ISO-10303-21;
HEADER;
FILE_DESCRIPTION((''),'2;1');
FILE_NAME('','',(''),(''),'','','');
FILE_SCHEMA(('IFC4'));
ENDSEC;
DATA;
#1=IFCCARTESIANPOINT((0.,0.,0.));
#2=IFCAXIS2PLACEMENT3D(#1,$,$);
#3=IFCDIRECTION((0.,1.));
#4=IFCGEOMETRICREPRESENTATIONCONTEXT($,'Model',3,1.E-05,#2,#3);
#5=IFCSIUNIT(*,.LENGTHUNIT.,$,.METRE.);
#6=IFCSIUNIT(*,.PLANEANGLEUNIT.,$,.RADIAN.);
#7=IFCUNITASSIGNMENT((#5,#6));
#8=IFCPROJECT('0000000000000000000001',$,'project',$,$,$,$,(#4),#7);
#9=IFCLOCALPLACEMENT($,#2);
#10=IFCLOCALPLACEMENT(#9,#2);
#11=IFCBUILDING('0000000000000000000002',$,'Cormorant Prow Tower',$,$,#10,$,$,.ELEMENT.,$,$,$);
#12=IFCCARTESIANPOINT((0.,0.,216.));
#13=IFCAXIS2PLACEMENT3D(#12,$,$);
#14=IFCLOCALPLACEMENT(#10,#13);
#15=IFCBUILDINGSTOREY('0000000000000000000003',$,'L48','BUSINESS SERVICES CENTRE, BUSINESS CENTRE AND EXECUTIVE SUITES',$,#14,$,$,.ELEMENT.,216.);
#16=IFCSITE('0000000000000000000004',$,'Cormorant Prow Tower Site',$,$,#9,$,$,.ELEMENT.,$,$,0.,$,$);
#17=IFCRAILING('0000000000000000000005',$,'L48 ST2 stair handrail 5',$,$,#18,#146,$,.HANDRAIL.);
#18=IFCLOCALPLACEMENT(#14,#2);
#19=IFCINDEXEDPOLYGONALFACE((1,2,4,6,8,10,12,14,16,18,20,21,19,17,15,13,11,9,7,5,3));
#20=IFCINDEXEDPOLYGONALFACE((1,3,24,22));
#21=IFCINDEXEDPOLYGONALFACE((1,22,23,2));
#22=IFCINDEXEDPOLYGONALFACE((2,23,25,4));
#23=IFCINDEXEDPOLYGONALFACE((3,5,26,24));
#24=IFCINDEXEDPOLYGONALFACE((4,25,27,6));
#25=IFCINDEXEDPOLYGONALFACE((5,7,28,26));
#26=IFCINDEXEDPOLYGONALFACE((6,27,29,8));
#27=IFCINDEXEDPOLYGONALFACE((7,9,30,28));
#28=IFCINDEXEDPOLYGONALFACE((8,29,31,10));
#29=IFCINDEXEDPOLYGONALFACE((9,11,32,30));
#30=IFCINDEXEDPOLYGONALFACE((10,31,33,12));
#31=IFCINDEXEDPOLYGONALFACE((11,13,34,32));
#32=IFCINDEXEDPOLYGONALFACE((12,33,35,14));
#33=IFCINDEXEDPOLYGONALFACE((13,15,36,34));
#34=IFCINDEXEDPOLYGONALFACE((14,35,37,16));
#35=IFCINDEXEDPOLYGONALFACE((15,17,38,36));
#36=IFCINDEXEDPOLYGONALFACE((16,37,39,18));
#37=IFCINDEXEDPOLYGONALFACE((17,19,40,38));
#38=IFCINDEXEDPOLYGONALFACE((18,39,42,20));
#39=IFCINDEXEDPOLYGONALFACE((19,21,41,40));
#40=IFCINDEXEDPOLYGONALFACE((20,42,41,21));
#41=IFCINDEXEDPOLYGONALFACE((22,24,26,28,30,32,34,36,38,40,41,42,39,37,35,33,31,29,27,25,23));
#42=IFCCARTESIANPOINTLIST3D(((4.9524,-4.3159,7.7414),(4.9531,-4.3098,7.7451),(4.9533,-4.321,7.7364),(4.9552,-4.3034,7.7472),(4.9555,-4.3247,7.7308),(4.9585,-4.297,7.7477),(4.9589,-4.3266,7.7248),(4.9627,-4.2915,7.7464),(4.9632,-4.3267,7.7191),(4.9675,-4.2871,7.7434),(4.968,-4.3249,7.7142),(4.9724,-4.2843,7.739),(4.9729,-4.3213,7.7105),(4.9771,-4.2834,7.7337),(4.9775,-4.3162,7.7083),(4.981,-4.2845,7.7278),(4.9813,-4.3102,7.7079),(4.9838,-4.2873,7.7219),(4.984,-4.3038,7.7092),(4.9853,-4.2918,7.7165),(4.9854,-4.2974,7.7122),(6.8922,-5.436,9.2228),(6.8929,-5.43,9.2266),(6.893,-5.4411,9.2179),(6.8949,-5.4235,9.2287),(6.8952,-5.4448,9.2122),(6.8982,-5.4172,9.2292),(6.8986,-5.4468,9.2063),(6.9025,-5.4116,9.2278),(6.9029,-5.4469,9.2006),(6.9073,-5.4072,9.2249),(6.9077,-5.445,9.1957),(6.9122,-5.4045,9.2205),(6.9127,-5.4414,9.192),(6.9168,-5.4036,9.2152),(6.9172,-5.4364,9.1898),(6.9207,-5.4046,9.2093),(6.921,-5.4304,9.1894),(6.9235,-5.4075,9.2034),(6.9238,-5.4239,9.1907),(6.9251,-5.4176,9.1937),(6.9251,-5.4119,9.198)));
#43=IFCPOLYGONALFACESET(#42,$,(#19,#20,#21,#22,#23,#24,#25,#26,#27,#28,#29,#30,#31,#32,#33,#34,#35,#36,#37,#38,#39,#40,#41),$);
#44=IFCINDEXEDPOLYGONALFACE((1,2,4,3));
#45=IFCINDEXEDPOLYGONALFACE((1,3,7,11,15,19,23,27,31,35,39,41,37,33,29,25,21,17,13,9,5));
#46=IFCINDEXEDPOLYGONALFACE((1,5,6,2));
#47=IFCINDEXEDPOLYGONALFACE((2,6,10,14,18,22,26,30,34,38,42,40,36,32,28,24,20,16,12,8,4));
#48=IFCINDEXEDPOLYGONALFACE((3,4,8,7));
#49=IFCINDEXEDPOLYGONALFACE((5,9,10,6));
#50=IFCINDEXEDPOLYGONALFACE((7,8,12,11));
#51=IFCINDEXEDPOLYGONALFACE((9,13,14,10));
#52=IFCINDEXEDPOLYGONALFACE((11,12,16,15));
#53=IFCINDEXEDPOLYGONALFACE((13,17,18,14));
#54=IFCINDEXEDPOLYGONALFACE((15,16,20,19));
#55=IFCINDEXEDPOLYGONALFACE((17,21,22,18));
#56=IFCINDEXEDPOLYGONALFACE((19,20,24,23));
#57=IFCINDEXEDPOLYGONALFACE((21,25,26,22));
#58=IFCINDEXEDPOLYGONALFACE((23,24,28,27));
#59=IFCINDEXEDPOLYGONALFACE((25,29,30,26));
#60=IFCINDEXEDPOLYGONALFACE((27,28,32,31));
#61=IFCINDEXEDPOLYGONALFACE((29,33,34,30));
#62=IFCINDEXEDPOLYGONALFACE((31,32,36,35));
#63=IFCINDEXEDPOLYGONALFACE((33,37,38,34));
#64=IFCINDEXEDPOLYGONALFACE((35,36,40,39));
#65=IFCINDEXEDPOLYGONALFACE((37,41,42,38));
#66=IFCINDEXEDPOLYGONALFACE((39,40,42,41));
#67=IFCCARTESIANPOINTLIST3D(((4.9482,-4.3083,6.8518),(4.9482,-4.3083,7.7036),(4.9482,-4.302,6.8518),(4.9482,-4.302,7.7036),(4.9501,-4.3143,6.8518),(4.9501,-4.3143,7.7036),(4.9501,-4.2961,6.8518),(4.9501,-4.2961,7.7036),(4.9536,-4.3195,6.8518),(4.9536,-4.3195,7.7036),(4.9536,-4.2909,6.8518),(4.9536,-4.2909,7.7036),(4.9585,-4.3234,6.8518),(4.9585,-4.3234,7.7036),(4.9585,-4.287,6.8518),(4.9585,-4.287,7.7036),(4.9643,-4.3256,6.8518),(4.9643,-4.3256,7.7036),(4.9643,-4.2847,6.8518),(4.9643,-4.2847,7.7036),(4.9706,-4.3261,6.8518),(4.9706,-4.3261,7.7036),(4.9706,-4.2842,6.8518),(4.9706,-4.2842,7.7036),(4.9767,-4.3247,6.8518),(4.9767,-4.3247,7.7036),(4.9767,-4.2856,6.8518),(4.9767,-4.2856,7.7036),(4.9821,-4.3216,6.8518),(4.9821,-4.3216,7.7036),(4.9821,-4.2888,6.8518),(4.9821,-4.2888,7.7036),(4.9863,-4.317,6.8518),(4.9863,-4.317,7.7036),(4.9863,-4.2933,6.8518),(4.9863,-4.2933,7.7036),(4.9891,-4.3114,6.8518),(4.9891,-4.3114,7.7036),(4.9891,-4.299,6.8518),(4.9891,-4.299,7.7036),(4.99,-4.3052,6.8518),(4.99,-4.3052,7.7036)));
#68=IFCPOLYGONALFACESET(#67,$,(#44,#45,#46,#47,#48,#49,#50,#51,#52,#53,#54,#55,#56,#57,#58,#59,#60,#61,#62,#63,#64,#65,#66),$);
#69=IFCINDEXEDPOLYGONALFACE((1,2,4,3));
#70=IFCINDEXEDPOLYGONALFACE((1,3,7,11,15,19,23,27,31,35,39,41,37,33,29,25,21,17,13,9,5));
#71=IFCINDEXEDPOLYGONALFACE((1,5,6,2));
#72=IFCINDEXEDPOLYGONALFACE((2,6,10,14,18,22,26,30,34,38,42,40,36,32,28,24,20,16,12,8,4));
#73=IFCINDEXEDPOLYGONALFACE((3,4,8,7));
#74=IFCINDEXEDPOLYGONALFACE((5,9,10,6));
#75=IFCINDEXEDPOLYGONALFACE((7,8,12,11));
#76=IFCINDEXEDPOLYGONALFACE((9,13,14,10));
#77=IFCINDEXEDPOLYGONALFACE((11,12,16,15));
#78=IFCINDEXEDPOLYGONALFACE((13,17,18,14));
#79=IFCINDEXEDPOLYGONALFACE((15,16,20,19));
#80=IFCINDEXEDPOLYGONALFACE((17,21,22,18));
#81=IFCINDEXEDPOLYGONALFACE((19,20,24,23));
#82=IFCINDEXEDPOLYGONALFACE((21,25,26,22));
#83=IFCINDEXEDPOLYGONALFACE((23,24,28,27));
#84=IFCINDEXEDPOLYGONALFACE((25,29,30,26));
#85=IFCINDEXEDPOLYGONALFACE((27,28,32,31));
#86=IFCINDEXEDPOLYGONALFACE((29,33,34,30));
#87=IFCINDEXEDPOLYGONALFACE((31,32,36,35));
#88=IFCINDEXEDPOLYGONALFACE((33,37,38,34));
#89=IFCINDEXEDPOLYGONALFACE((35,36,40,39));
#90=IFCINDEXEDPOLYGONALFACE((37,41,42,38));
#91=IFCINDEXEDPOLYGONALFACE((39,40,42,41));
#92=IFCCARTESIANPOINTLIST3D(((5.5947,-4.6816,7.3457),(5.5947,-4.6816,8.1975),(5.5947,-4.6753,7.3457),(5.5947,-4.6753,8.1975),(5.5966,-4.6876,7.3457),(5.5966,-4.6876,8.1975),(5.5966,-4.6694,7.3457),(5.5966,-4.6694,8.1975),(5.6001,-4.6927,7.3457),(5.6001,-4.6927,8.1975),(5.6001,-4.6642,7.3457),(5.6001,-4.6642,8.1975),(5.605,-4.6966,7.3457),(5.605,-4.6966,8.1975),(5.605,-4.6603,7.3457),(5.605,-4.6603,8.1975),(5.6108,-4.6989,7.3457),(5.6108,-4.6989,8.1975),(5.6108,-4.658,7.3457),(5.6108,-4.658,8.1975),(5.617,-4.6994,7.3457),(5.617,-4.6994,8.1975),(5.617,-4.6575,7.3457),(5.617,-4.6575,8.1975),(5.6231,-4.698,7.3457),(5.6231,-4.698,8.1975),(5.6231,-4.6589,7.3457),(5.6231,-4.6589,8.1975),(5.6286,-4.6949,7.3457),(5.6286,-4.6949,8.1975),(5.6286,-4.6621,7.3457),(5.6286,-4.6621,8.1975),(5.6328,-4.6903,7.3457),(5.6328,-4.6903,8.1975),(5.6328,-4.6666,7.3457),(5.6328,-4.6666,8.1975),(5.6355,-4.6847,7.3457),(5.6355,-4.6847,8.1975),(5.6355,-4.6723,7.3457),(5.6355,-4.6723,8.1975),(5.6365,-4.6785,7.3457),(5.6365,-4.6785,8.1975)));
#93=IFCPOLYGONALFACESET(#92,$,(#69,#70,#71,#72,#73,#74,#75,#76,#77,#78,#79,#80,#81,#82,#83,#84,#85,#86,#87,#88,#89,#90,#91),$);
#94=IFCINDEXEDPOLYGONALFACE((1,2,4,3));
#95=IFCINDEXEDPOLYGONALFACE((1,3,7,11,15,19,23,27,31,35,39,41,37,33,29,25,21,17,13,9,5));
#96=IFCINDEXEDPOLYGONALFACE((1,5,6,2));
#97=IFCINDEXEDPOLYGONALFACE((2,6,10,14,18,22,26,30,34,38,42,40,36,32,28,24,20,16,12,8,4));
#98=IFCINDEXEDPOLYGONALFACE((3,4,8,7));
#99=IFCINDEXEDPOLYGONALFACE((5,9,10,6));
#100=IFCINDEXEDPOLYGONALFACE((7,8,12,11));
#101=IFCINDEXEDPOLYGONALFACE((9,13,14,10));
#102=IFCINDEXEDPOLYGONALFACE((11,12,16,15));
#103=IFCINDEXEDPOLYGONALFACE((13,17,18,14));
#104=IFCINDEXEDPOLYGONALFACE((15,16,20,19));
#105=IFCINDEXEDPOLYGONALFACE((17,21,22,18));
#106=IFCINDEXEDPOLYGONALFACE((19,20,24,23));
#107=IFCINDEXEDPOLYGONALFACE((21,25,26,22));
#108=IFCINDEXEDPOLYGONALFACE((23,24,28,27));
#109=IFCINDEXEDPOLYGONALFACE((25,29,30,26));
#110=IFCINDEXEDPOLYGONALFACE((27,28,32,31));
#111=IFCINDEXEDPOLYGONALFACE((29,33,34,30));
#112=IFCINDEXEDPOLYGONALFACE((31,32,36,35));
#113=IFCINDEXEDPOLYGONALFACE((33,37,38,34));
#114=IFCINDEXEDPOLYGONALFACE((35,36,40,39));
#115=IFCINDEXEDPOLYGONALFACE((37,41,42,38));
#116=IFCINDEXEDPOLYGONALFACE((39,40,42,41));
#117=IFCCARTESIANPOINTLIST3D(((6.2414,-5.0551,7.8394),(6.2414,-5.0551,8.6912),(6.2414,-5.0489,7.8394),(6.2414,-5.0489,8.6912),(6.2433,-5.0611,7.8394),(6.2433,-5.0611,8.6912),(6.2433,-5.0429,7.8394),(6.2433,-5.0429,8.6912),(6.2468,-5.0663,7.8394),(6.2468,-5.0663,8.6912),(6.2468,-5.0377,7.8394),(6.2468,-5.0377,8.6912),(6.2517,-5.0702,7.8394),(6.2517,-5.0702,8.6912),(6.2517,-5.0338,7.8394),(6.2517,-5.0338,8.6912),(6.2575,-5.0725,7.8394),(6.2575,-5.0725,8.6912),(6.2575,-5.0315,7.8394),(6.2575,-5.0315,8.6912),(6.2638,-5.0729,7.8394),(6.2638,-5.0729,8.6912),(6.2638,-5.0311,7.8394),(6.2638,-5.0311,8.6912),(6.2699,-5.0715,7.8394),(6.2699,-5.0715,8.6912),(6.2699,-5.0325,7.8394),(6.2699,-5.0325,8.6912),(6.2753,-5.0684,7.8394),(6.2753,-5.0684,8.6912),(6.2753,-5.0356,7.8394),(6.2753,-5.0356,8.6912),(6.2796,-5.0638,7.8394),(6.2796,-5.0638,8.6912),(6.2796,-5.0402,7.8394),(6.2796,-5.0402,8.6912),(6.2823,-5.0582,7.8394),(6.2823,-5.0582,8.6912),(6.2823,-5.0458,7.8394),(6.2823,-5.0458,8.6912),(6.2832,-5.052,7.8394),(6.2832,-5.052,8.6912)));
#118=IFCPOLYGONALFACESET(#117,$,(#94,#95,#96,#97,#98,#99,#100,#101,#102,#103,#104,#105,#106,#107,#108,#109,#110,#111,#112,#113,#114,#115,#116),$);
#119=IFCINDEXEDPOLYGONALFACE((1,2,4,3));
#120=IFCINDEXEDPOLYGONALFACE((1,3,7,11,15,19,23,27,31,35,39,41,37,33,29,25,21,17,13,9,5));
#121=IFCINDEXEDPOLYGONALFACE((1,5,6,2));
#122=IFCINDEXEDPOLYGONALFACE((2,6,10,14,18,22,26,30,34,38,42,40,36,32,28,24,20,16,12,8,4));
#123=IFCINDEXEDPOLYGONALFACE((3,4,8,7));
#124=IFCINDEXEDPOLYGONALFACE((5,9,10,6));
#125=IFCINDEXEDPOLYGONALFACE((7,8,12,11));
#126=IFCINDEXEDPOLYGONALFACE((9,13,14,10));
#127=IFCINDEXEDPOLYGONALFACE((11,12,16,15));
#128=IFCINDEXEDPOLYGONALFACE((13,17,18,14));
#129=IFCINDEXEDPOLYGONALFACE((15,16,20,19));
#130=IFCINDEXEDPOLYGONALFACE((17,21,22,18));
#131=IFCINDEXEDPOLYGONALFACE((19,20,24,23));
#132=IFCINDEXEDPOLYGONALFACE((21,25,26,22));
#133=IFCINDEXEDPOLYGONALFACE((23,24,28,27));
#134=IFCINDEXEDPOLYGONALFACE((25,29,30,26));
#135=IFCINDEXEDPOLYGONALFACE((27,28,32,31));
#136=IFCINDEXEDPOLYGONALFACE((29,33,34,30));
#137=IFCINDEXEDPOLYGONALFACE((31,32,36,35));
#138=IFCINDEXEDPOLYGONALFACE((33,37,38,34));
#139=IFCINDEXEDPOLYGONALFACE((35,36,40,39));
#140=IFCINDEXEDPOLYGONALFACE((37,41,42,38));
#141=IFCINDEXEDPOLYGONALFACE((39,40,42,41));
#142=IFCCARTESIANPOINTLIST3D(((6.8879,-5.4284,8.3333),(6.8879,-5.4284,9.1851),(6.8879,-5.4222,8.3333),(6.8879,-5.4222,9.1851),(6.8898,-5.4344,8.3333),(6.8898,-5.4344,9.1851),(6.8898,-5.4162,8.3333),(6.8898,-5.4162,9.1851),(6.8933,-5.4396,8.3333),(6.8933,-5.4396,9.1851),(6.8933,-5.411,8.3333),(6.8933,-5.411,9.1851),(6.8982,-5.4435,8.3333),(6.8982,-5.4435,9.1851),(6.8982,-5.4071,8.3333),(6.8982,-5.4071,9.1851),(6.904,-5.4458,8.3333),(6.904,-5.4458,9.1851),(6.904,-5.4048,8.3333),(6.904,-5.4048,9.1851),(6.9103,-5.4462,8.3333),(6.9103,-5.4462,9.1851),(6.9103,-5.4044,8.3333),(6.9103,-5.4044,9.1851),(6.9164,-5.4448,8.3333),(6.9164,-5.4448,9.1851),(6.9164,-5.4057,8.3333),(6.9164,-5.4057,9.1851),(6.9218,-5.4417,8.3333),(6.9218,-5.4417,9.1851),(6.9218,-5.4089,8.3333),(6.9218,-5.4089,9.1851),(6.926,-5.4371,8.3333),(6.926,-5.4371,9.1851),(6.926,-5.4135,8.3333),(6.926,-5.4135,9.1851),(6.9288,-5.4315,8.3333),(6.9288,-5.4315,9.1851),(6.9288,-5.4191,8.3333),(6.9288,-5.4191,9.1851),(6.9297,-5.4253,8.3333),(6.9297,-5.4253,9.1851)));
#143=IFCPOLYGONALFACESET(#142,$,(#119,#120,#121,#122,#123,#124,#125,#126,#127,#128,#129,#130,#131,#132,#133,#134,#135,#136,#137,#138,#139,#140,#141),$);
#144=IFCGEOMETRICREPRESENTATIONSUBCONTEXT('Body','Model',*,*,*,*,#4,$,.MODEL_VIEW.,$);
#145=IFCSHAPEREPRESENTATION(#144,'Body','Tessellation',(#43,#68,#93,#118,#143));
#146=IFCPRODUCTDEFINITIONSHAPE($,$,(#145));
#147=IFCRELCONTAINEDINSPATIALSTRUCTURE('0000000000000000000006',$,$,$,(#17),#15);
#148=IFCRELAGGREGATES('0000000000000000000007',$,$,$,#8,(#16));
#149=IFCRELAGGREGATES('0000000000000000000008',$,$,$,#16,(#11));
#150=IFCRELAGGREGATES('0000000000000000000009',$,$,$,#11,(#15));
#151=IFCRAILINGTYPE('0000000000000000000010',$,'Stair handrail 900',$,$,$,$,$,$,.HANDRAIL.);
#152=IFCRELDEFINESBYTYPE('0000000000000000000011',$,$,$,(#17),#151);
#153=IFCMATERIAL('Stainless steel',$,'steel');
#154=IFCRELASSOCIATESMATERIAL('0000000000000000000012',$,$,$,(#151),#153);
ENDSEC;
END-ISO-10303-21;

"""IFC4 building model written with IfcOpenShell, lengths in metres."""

from ifc_helpers import new_model, si_unit, direction, frame, origin, origin_2d, place, context, subcontext, project, spatial, circle, extrude, material, type_object, element, save


model = new_model("IFC4")

# Units and contexts
model_context = context("Model", 3, precision=1e-05, world=origin(), true_north=direction((0.0, 1.0)))
body_context = subcontext(model_context, "Body", "Model", "MODEL_VIEW")
ifc_project = project(units=[si_unit("LENGTHUNIT", "METRE"), si_unit("PLANEANGLEUNIT", "RADIAN")], contexts=[model_context])

# Site, building, storey
site_placement = place(None, origin())
site = spatial("IfcSite", under=ifc_project, at=site_placement, Name="Cormorant Prow Tower Site", CompositionType="ELEMENT", RefElevation=0.0)
building_placement = place(site_placement, origin())
building = spatial("IfcBuilding", under=site, at=building_placement, Name="Cormorant Prow Tower", CompositionType="ELEMENT")
storey_placement = place(building_placement, frame((0.0, 0.0, 216.0)))
storey = spatial("IfcBuildingStorey", under=building, at=storey_placement, Name="L48", Description="BUSINESS SERVICES CENTRE, BUSINESS CENTRE AND EXECUTIVE SUITES", CompositionType="ELEMENT", Elevation=216.0)

# Railing
ifc_material_1 = material(Name="Stainless steel", Category="steel")
railing_type_1 = type_object("IfcRailingType", Name="Stair handrail 900", PredefinedType="HANDRAIL", material=ifc_material_1)
railing_1_placement = place(storey_placement, frame((4.969, -4.3052, 6.8518)))
element("IfcRailing", 1, at=railing_1_placement, inside=storey, type_object=railing_type_1, Name="L48 ST2 stair handrail 5", PredefinedType="HANDRAIL", context=body_context, shape_type="SweptSolid", body=[
    extrude(circle(Radius=0.0239, at=origin_2d()), frame((0.0, 0.0, 0.876), z_axis=(0.722292, -0.417102, 0.551651), x_axis=(0.500078, 0.86598, 0.0)), (0.0, 0.0, 1.0), 2.6855),
    extrude(circle(Radius=0.021, at=origin_2d()), origin(), (0.0, 0.0, 1.0), 0.8518),
    extrude(circle(Radius=0.021, at=origin_2d()), frame((0.6465, -0.3733, 0.4939)), (0.0, 0.0, 1.0), 0.8518),
    extrude(circle(Radius=0.021, at=origin_2d()), frame((1.2932, -0.7468, 0.9875)), (0.0, 0.0, 1.0), 0.8518),
    extrude(circle(Radius=0.021, at=origin_2d()), frame((1.9397, -1.1201, 1.4814)), (0.0, 0.0, 1.0), 0.8518),
])

save(model, "model.ifc")
